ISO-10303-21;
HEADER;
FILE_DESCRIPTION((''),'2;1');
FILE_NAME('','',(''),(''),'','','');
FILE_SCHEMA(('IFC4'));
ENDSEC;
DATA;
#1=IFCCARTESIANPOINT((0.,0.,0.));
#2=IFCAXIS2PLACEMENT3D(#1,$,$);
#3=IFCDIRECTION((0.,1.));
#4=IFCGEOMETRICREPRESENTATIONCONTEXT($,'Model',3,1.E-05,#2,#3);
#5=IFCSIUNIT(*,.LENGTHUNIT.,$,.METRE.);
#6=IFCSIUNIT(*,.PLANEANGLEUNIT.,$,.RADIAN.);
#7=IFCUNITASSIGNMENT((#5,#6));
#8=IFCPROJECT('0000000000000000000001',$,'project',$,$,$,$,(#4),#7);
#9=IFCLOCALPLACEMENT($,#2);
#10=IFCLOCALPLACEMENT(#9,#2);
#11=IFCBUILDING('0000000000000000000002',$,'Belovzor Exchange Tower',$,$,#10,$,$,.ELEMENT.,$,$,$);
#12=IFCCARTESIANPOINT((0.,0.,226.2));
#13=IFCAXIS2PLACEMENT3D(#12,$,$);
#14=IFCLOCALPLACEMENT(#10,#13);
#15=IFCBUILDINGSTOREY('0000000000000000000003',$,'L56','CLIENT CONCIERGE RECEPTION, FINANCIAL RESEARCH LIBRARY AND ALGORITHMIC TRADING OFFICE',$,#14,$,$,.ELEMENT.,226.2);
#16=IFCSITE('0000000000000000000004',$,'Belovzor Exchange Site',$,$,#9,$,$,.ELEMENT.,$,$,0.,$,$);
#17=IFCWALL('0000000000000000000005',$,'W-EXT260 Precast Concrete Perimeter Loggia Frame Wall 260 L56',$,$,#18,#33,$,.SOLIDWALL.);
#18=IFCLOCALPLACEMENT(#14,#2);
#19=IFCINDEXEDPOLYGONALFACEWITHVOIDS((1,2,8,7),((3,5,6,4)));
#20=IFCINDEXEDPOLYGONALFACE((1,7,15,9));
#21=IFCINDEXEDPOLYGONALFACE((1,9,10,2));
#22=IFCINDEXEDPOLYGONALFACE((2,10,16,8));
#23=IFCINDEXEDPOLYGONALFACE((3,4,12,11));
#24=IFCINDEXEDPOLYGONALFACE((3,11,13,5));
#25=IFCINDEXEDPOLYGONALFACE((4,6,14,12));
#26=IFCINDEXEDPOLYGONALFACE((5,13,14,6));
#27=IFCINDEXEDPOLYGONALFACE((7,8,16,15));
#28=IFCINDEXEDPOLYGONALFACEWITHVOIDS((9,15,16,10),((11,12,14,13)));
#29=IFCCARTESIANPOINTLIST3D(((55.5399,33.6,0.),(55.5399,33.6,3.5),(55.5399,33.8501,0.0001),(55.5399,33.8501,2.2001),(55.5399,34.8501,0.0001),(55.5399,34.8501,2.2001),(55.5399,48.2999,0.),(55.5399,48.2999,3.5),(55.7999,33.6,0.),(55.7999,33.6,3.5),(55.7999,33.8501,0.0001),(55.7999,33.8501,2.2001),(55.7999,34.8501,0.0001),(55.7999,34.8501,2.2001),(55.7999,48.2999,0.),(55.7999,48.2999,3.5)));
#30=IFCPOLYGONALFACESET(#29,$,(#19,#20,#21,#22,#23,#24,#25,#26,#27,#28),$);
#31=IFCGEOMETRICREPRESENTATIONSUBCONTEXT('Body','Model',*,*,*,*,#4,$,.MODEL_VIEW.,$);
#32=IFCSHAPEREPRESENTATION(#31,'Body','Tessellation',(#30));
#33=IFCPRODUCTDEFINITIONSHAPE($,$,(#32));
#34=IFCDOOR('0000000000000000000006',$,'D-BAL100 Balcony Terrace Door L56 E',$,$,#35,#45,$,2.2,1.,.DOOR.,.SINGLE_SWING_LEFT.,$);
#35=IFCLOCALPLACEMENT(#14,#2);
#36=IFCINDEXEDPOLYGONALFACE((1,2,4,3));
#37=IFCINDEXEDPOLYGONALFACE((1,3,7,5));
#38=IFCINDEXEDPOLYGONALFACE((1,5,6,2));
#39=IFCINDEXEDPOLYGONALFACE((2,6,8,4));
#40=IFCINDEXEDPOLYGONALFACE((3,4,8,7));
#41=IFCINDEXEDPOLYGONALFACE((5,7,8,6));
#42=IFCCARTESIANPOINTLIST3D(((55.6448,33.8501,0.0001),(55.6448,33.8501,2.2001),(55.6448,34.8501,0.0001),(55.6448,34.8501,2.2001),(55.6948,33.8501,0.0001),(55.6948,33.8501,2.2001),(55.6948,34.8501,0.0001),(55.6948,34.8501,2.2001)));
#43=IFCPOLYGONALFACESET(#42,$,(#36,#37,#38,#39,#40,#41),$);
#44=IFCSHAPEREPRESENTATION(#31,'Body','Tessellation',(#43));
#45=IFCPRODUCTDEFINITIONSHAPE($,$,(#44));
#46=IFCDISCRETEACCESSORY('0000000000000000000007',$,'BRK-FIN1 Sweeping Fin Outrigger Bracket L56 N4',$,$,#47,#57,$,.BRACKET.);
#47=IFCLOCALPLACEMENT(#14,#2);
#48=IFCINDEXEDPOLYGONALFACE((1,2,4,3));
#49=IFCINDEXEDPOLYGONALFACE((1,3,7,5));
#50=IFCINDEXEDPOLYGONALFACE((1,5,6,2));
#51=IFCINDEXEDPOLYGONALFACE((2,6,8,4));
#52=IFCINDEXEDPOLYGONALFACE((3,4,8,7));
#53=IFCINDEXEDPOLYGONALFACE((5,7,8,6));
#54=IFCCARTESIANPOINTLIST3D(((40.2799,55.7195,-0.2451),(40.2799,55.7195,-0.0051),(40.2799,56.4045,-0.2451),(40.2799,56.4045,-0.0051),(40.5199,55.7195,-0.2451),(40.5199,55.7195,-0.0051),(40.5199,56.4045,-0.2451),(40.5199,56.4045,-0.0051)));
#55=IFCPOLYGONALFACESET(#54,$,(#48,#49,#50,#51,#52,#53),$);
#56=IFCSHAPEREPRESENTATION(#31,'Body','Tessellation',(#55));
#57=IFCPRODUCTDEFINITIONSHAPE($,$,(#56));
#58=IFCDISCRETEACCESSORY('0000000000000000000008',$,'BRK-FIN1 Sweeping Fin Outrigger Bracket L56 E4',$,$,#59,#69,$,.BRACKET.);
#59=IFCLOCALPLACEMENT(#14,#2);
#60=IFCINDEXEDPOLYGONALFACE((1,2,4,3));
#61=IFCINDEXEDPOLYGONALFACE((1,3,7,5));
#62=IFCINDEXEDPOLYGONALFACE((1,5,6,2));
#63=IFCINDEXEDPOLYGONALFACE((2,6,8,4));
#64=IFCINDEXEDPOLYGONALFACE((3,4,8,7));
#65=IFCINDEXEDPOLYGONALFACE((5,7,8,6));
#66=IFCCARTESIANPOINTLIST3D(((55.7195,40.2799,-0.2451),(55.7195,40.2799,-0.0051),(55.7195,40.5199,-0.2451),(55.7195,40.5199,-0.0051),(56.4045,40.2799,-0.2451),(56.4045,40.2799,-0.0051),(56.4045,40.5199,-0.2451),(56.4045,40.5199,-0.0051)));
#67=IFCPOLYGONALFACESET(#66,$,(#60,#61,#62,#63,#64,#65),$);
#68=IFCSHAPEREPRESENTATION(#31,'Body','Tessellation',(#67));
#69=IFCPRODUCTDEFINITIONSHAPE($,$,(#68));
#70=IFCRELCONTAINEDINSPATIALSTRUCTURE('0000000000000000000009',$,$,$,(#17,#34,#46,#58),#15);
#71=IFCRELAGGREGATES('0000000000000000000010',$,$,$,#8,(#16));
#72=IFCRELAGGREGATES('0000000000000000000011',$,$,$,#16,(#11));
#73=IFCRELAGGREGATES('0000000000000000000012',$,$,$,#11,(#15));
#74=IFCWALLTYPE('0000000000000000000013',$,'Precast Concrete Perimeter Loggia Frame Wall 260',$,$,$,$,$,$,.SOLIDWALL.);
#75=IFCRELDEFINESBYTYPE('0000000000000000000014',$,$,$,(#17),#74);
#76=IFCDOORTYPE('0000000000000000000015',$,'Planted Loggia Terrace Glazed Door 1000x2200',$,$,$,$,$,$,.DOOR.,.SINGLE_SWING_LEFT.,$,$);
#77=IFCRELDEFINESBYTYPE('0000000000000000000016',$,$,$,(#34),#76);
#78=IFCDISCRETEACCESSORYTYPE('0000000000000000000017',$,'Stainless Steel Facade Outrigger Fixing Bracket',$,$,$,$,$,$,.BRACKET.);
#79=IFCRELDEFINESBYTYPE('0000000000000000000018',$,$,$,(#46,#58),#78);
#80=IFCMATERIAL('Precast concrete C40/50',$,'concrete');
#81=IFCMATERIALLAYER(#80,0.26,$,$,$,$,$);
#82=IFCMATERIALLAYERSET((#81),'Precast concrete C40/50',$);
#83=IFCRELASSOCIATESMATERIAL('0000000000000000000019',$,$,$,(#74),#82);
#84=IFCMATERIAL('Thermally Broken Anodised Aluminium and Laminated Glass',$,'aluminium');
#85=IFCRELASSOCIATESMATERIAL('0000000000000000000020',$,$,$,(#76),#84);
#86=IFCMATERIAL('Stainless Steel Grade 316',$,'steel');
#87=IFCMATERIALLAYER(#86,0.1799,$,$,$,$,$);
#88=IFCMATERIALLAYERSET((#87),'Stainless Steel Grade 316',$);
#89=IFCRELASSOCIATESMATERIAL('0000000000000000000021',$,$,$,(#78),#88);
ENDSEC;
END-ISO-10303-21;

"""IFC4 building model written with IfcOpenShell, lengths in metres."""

from ifc_helpers import new_model, si_unit, direction, frame, frame_2d, origin, origin_2d, place, context, subcontext, project, spatial, rectangle, extrude, material, layer, layer_set, type_object, element, fill, save


model = new_model("IFC4")

# Units and contexts
model_context = context("Model", 3, precision=1e-05, world=origin(), true_north=direction((0.0, 1.0)))
body_context = subcontext(model_context, "Body", "Model", "MODEL_VIEW")
ifc_project = project(units=[si_unit("LENGTHUNIT", "METRE"), si_unit("PLANEANGLEUNIT", "RADIAN")], contexts=[model_context])

# Site, building, storey
site_placement = place(None, origin())
site = spatial("IfcSite", under=ifc_project, at=site_placement, Name="Belovzor Exchange Site", CompositionType="ELEMENT", RefElevation=0.0)
building_placement = place(site_placement, origin())
building = spatial("IfcBuilding", under=site, at=building_placement, Name="Belovzor Exchange Tower", CompositionType="ELEMENT")
storey_placement = place(building_placement, frame((0.0, 0.0, 226.2)))
storey = spatial("IfcBuildingStorey", under=building, at=storey_placement, Name="L56", Description="CLIENT CONCIERGE RECEPTION, FINANCIAL RESEARCH LIBRARY AND ALGORITHMIC TRADING OFFICE", CompositionType="ELEMENT", Elevation=226.2)

# Wall, opening, door
ifc_material_1 = material(Name="Precast concrete C40/50", Category="concrete")
ifc_layer_1 = layer(ifc_material_1, 0.26)
ifc_layer_set_1 = layer_set([ifc_layer_1], Name="Precast concrete C40/50")
wall_type_1 = type_object("IfcWallType", Name="Precast Concrete Perimeter Loggia Frame Wall 260", PredefinedType="SOLIDWALL", material=ifc_layer_set_1)
wall_1_placement = place(storey_placement, frame((55.6699, 48.3, 0.0), z_axis=(0.0, 0.0, 1.0), x_axis=(0.0, -1.0, 0.0)))
wall_1 = element("IfcWall", 1, at=wall_1_placement, inside=storey, type_object=wall_type_1, Name="W-EXT260 Precast Concrete Perimeter Loggia Frame Wall 260 L56", PredefinedType="SOLIDWALL", context=body_context, shape_type="SweptSolid", body=[
    extrude(rectangle(XDim=14.7, YDim=0.26, at=frame_2d((7.3501, 0.0))), origin(), (0.0, 0.0, 1.0), 3.5),
])
opening_1_placement = place(wall_1_placement, frame((13.45, 0.0, 0.0)))
opening_1 = element("IfcOpeningElement", 2, at=opening_1_placement, cuts=wall_1, PredefinedType="OPENING", context=body_context, shape_type="SweptSolid", body=[
    extrude(rectangle(XDim=1.0, YDim=2.2, at=frame_2d((0.5, 1.1001))), frame((0.0, 0.1399, 0.0), z_axis=(0.0, -1.0, 0.0), x_axis=(1.0, 0.0, 0.0)), (0.0, 0.0, 1.0), 0.28),
])
ifc_material_2 = material(Name="Thermally Broken Anodised Aluminium and Laminated Glass", Category="aluminium")
door_type_1 = type_object("IfcDoorType", Name="Planted Loggia Terrace Glazed Door 1000x2200", OperationType="SINGLE_SWING_LEFT", PredefinedType="DOOR", material=ifc_material_2)
door_1_placement = place(opening_1_placement, origin())
door_1 = element("IfcDoor", 3, at=door_1_placement, inside=storey, type_object=door_type_1, Name="D-BAL100 Balcony Terrace Door L56 E", OperationType="SINGLE_SWING_LEFT", OverallHeight=2.2, OverallWidth=1.0, PredefinedType="DOOR", context=body_context, shape_type="SweptSolid", body=[
    extrude(rectangle(XDim=1.0, YDim=2.2, at=frame_2d((0.5, 1.1001))), frame((0.0, 0.0249, 0.0), z_axis=(0.0, -1.0, 0.0), x_axis=(1.0, 0.0, 0.0)), (0.0, 0.0, 1.0), 0.05),
])
fill(opening_1, door_1)

# Discrete accessories
ifc_material_3 = material(Name="Stainless Steel Grade 316", Category="steel")
ifc_layer_2 = layer(ifc_material_3, 0.1799)
ifc_layer_set_2 = layer_set([ifc_layer_2], Name="Stainless Steel Grade 316")
discrete_accessory_type = type_object("IfcDiscreteAccessoryType", Name="Stainless Steel Facade Outrigger Fixing Bracket", PredefinedType="BRACKET", material=ifc_layer_set_2)
for number, where, z_axis, x_axis, name in (
    (4, (40.3999, 56.062, -0.2451), (0.0, 0.0, 1.0), (0.0, 1.0, 0.0), "BRK-FIN1 Sweeping Fin Outrigger Bracket L56 N4"),
    (5, (56.062, 40.3999, -0.2451), (0.0, 0.0, 1.0), (1.0, 0.0, 0.0), "BRK-FIN1 Sweeping Fin Outrigger Bracket L56 E4"),
):
    element("IfcDiscreteAccessory", number, at=place(storey_placement, frame(where, z_axis=z_axis, x_axis=x_axis)), inside=storey, type_object=discrete_accessory_type, Name=name, PredefinedType="BRACKET", context=body_context, shape_type="SweptSolid", body=[
        extrude(rectangle(XDim=0.6851, YDim=0.24, at=origin_2d()), origin(), (0.0, 0.0, 1.0), 0.24),
    ])

save(model, "model.ifc")
